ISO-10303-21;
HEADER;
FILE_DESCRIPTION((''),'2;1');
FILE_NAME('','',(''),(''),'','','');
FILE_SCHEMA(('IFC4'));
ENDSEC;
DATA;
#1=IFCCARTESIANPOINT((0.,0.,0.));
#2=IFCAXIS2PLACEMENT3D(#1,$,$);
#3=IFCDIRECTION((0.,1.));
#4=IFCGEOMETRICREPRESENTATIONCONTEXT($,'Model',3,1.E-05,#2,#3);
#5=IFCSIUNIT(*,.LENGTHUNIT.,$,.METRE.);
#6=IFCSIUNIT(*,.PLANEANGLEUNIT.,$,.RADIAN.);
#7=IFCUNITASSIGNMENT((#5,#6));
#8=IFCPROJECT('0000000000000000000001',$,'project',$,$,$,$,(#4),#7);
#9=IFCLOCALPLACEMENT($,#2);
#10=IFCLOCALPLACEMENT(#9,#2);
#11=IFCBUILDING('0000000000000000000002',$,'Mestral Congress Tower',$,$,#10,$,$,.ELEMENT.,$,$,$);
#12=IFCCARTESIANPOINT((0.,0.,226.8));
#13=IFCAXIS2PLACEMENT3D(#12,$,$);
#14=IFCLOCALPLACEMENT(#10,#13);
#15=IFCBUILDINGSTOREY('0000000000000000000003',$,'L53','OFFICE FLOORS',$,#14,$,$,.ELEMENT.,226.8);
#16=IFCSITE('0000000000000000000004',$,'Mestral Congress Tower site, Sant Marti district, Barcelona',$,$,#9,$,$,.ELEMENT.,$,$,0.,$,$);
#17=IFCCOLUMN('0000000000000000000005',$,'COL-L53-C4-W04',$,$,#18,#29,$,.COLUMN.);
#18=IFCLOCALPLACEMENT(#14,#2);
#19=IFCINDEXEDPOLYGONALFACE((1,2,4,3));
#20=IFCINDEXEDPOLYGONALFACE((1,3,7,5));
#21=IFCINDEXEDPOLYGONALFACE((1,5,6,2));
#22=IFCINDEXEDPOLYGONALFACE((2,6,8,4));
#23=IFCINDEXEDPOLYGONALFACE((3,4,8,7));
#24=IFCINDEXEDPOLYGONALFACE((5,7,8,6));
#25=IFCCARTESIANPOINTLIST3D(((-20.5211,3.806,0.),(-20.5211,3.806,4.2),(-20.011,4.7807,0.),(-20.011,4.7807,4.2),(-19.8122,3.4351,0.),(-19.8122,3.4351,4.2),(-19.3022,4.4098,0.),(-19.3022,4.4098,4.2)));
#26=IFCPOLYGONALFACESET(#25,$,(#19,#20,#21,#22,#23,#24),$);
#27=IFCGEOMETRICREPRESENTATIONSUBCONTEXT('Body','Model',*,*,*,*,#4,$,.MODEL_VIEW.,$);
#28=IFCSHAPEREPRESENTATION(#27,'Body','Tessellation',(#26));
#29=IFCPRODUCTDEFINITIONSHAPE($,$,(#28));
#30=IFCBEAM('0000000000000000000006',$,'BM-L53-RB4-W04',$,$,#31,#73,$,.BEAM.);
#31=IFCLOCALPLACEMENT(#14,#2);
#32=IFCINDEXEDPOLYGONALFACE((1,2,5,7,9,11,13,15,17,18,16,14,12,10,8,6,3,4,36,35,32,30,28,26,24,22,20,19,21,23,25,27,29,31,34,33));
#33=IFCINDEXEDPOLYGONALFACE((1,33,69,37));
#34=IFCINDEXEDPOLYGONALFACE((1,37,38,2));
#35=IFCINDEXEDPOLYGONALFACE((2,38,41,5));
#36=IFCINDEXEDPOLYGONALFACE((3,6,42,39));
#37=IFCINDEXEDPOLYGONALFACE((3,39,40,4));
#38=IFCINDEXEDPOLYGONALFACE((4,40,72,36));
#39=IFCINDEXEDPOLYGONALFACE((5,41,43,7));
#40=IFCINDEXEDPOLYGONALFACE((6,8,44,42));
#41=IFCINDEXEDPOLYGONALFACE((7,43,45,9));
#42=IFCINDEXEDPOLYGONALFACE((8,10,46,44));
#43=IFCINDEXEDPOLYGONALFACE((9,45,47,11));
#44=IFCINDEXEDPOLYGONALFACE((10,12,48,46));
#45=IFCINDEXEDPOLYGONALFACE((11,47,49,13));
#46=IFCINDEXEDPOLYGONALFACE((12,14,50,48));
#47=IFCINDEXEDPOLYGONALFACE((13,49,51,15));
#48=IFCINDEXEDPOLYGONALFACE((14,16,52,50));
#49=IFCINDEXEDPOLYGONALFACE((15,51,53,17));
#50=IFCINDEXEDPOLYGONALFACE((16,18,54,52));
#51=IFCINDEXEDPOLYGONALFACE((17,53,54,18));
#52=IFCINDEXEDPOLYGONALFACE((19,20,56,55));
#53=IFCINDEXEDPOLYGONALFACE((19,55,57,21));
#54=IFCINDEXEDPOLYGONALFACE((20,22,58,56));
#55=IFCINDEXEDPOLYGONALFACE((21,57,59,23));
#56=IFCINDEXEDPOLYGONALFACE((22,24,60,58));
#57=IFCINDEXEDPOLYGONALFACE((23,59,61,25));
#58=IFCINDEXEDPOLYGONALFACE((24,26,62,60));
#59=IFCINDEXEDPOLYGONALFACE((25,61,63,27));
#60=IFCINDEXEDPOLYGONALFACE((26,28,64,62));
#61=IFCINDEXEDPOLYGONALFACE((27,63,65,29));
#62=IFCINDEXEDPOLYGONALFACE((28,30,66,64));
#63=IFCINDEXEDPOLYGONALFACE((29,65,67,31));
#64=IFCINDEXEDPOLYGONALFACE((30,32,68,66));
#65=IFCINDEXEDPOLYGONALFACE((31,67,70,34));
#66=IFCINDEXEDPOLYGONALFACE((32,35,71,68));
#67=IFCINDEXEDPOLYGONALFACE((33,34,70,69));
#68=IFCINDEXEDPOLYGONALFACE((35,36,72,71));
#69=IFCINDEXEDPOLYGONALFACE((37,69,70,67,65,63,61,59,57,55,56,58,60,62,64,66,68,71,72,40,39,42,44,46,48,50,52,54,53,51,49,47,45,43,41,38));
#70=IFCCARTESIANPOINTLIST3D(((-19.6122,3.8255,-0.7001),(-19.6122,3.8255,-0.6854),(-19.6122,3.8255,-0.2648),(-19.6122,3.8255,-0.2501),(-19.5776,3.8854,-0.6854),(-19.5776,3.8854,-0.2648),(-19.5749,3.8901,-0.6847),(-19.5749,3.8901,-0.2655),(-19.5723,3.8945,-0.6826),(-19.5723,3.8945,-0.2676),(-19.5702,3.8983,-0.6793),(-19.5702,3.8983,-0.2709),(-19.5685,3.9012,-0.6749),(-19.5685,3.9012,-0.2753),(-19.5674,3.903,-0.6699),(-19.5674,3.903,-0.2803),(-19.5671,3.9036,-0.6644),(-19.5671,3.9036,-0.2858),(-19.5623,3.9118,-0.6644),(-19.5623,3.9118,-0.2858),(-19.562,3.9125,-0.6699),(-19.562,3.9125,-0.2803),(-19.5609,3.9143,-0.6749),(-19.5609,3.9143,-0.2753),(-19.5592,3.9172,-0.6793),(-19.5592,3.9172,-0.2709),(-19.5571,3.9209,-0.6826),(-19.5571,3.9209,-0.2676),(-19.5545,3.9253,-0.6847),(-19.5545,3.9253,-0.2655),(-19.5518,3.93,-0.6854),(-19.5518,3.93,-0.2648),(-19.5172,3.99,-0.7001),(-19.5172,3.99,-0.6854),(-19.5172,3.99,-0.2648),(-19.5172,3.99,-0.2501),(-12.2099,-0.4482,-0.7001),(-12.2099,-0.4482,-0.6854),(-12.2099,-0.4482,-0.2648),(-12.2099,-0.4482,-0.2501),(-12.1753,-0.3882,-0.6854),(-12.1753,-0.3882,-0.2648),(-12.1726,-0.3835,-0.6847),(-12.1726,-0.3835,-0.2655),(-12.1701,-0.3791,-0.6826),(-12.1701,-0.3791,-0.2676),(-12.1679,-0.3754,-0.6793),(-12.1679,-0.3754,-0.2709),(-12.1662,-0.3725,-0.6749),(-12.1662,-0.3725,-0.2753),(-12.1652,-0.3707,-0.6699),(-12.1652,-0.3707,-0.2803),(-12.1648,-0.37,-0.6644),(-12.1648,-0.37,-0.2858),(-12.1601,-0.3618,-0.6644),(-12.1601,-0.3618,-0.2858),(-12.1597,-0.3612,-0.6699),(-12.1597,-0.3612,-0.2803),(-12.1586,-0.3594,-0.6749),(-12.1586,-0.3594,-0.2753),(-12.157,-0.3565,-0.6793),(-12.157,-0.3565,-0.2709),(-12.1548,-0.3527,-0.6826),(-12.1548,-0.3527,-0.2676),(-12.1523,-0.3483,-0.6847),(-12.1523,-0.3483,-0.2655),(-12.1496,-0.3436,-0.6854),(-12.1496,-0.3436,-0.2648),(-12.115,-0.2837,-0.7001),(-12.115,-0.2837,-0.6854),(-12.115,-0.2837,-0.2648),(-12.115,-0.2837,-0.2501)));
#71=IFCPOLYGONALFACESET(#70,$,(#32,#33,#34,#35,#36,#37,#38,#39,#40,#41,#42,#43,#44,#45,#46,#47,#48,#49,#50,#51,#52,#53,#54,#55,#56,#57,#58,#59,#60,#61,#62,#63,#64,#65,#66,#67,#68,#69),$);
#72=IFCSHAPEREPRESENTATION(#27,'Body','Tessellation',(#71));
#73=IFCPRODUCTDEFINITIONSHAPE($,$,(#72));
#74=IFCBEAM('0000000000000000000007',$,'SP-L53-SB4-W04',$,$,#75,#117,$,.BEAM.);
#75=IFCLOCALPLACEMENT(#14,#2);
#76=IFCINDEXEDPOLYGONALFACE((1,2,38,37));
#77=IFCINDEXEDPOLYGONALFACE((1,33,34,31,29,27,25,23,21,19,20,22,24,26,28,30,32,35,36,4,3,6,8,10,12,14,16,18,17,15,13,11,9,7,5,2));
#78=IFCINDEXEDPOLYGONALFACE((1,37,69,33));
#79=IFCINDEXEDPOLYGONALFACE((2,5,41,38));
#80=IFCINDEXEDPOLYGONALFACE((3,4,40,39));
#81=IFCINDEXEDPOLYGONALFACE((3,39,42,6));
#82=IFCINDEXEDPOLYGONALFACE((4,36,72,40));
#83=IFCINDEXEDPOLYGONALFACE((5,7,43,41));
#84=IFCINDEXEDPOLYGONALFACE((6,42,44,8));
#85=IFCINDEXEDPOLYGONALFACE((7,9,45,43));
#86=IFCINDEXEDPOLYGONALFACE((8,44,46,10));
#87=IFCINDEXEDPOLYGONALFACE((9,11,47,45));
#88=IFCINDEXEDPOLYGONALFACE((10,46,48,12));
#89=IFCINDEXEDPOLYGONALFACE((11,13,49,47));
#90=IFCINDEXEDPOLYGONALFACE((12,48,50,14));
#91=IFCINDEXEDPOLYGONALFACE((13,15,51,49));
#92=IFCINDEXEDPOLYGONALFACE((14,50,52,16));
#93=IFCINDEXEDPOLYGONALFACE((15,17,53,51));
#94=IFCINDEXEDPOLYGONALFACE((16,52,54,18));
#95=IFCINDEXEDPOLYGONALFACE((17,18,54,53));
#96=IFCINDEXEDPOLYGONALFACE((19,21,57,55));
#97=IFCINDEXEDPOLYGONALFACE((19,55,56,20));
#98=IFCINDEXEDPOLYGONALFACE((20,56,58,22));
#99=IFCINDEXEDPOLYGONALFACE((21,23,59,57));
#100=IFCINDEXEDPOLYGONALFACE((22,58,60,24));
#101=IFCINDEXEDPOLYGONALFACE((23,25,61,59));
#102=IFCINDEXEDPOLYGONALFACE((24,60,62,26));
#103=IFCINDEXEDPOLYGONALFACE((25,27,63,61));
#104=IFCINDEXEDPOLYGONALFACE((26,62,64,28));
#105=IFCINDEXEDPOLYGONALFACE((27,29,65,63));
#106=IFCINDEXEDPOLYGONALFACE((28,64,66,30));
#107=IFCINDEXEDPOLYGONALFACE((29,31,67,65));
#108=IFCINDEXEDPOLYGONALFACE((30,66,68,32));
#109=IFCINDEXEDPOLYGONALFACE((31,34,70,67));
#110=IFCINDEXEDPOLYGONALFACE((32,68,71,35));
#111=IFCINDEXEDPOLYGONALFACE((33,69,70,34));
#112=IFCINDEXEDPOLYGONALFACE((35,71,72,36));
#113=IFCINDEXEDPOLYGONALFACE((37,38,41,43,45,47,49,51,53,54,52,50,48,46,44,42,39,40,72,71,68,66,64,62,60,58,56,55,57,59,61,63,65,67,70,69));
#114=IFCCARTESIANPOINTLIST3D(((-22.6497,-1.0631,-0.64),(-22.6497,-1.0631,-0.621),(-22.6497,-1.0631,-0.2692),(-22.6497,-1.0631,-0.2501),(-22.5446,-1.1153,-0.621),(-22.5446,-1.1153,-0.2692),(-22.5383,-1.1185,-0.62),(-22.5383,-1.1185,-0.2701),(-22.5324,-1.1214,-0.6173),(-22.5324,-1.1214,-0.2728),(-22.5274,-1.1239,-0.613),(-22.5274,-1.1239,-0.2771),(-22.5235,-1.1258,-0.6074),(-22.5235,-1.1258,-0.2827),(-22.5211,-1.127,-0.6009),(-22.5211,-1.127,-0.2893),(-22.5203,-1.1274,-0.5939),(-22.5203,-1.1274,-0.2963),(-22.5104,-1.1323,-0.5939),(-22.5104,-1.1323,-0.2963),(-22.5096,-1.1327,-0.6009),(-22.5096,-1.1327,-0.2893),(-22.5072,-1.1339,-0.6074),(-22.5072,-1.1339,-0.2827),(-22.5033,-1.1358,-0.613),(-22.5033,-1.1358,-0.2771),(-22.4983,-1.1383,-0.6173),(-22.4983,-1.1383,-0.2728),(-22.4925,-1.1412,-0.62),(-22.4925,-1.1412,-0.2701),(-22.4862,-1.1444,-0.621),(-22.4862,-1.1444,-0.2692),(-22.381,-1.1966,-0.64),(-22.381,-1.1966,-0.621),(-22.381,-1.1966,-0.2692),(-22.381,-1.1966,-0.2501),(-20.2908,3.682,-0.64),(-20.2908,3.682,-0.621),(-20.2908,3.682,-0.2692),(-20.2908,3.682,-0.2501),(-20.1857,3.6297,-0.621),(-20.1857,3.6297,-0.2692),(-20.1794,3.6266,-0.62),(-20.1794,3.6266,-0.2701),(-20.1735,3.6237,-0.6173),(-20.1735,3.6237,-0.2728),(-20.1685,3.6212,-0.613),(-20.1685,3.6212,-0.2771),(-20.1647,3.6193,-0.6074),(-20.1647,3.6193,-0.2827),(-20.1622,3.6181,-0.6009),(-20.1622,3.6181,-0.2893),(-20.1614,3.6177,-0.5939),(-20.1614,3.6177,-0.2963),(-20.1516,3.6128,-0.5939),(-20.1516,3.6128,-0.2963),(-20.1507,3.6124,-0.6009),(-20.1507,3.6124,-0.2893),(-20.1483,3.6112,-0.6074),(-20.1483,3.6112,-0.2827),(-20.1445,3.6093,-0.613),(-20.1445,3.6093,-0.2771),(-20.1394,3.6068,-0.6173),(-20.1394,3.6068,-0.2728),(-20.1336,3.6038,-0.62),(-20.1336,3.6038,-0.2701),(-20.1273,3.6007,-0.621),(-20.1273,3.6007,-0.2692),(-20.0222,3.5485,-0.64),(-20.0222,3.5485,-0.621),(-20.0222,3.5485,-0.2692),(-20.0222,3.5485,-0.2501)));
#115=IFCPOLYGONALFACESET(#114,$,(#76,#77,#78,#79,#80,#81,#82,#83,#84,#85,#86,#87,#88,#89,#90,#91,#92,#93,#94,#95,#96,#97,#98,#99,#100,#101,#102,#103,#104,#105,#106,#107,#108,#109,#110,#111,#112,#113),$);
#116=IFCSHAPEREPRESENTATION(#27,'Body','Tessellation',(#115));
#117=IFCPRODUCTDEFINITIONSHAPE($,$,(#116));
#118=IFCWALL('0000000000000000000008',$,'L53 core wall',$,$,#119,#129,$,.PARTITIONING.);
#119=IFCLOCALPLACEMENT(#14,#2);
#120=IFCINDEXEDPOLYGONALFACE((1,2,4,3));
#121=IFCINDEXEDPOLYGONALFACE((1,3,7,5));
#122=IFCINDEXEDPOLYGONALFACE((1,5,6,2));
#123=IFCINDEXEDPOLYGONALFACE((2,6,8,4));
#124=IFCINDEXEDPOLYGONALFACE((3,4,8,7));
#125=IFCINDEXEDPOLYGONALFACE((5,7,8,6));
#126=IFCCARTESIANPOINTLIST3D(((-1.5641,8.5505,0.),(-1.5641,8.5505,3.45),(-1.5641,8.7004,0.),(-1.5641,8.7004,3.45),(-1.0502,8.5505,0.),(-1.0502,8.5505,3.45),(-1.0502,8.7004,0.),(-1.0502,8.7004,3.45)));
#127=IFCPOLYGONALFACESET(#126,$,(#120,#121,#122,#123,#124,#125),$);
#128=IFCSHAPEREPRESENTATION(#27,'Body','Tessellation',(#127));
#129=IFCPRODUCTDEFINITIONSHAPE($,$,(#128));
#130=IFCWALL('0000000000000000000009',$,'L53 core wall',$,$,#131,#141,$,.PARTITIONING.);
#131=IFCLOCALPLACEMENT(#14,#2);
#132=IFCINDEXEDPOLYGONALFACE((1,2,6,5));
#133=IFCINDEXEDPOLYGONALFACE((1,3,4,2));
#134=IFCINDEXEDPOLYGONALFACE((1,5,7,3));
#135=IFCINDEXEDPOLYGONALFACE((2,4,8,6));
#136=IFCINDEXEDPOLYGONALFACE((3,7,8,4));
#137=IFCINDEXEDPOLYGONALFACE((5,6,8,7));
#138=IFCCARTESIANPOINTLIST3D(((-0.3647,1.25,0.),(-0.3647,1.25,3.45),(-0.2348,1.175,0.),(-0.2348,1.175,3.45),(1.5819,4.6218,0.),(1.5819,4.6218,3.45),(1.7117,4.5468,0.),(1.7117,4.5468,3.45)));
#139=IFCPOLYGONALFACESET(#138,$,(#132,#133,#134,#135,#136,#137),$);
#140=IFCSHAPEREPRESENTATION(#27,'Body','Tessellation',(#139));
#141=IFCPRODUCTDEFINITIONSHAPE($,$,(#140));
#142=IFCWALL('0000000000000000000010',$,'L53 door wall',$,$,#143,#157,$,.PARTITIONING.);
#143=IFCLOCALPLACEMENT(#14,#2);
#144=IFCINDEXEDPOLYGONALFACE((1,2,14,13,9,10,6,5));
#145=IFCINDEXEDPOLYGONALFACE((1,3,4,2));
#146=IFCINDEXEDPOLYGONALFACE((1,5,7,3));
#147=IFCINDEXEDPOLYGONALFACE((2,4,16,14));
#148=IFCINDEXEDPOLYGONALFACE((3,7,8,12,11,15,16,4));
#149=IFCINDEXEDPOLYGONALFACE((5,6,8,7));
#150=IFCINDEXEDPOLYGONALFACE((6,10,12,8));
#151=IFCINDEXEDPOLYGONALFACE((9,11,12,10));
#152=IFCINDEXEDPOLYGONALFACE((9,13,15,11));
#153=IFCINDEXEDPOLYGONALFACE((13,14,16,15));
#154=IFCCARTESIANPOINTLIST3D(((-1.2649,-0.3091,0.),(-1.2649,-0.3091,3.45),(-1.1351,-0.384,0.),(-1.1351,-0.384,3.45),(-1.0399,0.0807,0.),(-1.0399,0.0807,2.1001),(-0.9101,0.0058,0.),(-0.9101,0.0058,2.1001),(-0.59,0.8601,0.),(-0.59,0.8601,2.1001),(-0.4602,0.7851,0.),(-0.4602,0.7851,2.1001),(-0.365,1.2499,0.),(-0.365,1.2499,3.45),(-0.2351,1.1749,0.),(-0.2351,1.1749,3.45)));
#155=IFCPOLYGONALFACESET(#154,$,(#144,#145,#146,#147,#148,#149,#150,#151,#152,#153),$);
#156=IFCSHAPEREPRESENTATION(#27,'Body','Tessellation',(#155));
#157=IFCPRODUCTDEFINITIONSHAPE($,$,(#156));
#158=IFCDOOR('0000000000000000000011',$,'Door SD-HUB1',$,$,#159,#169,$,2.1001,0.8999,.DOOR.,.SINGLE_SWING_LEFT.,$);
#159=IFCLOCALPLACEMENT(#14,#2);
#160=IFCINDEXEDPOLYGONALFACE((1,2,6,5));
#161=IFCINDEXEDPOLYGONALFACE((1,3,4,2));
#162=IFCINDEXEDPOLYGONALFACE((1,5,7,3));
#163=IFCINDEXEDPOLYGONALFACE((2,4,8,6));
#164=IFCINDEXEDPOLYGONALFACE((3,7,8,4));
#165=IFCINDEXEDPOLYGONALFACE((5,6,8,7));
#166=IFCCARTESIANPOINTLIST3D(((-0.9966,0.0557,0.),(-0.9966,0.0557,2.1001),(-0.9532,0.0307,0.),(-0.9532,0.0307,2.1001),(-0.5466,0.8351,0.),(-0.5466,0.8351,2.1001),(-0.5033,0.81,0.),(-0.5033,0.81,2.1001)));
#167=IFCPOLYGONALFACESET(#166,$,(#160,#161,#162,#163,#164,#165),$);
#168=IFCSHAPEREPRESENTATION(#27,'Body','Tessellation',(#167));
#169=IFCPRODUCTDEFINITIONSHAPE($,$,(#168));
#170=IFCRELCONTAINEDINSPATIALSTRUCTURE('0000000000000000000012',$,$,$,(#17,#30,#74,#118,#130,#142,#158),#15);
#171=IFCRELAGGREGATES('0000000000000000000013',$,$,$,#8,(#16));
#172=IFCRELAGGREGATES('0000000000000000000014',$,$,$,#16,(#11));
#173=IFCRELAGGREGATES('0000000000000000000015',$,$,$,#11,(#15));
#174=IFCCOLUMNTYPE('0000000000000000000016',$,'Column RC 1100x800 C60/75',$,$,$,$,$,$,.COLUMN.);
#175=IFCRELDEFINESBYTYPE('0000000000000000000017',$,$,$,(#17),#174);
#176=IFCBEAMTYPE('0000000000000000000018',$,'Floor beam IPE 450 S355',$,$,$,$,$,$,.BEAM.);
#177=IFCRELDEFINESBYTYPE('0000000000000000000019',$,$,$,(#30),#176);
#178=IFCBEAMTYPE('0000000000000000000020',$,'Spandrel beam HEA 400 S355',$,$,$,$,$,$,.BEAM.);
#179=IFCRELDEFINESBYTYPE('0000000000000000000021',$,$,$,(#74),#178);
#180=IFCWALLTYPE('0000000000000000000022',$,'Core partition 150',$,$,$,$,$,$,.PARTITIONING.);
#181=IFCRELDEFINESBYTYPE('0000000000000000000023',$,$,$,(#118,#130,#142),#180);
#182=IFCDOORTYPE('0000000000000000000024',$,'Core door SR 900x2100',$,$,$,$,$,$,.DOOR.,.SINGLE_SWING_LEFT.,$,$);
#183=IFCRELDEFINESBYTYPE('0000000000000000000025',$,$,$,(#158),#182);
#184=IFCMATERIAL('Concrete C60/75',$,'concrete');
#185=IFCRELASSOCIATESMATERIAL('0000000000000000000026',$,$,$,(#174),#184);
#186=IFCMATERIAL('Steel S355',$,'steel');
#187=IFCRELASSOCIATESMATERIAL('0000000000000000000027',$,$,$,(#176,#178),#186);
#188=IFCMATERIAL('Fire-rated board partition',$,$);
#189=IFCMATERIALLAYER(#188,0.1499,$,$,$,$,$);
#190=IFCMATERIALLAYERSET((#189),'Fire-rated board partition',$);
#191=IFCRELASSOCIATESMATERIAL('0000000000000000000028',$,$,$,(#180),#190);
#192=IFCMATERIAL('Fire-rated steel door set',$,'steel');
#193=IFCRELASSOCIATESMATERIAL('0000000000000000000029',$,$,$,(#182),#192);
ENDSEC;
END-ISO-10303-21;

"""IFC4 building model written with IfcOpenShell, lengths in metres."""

from ifc_helpers import new_model, si_unit, direction, frame, frame_2d, origin, origin_2d, place, context, subcontext, project, spatial, rectangle, i_section, extrude, material, layer, layer_set, material_profile, profile_set, type_object, element, fill, save


model = new_model("IFC4")

# Units and contexts
model_context = context("Model", 3, precision=1e-05, world=origin(), true_north=direction((0.0, 1.0)))
body_context = subcontext(model_context, "Body", "Model", "MODEL_VIEW")
ifc_project = project(units=[si_unit("LENGTHUNIT", "METRE"), si_unit("PLANEANGLEUNIT", "RADIAN")], contexts=[model_context])

# Site, building, storey
site_placement = place(None, origin())
site = spatial("IfcSite", under=ifc_project, at=site_placement, Name="Mestral Congress Tower site, Sant Marti district, Barcelona", CompositionType="ELEMENT", RefElevation=0.0)
building_placement = place(site_placement, origin())
building = spatial("IfcBuilding", under=site, at=building_placement, Name="Mestral Congress Tower", CompositionType="ELEMENT")
storey_placement = place(building_placement, frame((0.0, 0.0, 226.8)))
storey = spatial("IfcBuildingStorey", under=building, at=storey_placement, Name="L53", Description="OFFICE FLOORS", CompositionType="ELEMENT", Elevation=226.8)

# Column
ifc_material_1 = material(Name="Concrete C60/75", Category="concrete")
ifc_material_profile_1 = material_profile(ifc_material_1, rectangle(XDim=1.1001, YDim=0.8, at=origin_2d()), Name="RC 1100x800")
ifc_profile_set_1 = profile_set([ifc_material_profile_1], Name="Concrete C60/75")
column_type = type_object("IfcColumnType", Name="Column RC 1100x800 C60/75", PredefinedType="COLUMN", material=ifc_profile_set_1)
column_placement = place(storey_placement, frame((-19.9116, 4.1079, 0.0), z_axis=(0.0, 0.0, 1.0), x_axis=(-0.463636, -0.886026, 0.0)))
element("IfcColumn", 1, at=column_placement, inside=storey, type_object=column_type, Name="COL-L53-C4-W04", PredefinedType="COLUMN", context=body_context, shape_type="SweptSolid", body=[
    extrude(rectangle(XDim=1.1001, YDim=0.8, at=origin_2d()), origin(), (0.0, 0.0, 1.0), 4.2),
])

# Beams
ifc_material_2 = material(Name="Steel S355", Category="steel")
ifc_material_profile_2 = material_profile(ifc_material_2, i_section(OverallWidth=0.1899, OverallDepth=0.45, WebThickness=0.0095, FlangeThickness=0.0146, FilletRadius=0.021, at=origin_2d()), Name="IPE 450")
ifc_profile_set_2 = profile_set([ifc_material_profile_2], Name="Steel S355")
beam_type_1 = type_object("IfcBeamType", Name="Floor beam IPE 450 S355", PredefinedType="BEAM", material=ifc_profile_set_2)
beam_1_placement = place(storey_placement, frame((-19.5647, 3.9077, -0.4751), z_axis=(0.866029, -0.499994, 0.0), x_axis=(0.499994, 0.866029, 0.0)))
element("IfcBeam", 2, at=beam_1_placement, inside=storey, type_object=beam_type_1, Name="BM-L53-RB4-W04", PredefinedType="BEAM", context=body_context, shape_type="SweptSolid", body=[
    extrude(i_section(OverallWidth=0.1899, OverallDepth=0.45, WebThickness=0.0095, FlangeThickness=0.0146, FilletRadius=0.021, at=origin_2d()), origin(), (0.0, 0.0, 1.0), 8.5474),
])
ifc_material_profile_3 = material_profile(ifc_material_2, i_section(OverallWidth=0.3, OverallDepth=0.3899, WebThickness=0.011, FlangeThickness=0.019, FilletRadius=0.0271, at=origin_2d()), Name="HEA 400")
ifc_profile_set_3 = profile_set([ifc_material_profile_3], Name="Steel S355")
beam_type_2 = type_object("IfcBeamType", Name="Spandrel beam HEA 400 S355", PredefinedType="BEAM", material=ifc_profile_set_3)
beam_2_placement = place(storey_placement, frame((-20.1565, 3.6152, -0.4451), z_axis=(-0.445148, -0.895457, 0.0), x_axis=(0.895457, -0.445148, 0.0)))
element("IfcBeam", 3, at=beam_2_placement, inside=storey, type_object=beam_type_2, Name="SP-L53-SB4-W04", PredefinedType="BEAM", context=body_context, shape_type="SweptSolid", body=[
    extrude(i_section(OverallWidth=0.3, OverallDepth=0.3899, WebThickness=0.011, FlangeThickness=0.019, FilletRadius=0.0271, at=origin_2d()), origin(), (0.0, 0.0, 1.0), 5.2991),
])

# Walls
ifc_material_3 = material(Name="Fire-rated board partition")
ifc_layer_1 = layer(ifc_material_3, 0.1499)
ifc_layer_set_1 = layer_set([ifc_layer_1], Name="Fire-rated board partition")
wall_type_1 = type_object("IfcWallType", Name="Core partition 150", PredefinedType="PARTITIONING", material=ifc_layer_set_1)
wall_1_placement = place(storey_placement, frame((-1.564, 8.6255, 0.0), z_axis=(0.0, 0.0, 1.0), x_axis=(1.0, 0.0, 0.0)))
element("IfcWall", 4, at=wall_1_placement, inside=storey, type_object=wall_type_1, Name="L53 core wall", PredefinedType="PARTITIONING", context=body_context, shape_type="SweptSolid", body=[
    extrude(rectangle(XDim=0.5139, YDim=0.1499, at=frame_2d((0.2568, 0.0))), origin(), (0.0, 0.0, 1.0), 3.45),
])
wall_2_placement = place(storey_placement, frame((-0.2998, 1.2124, 0.0), z_axis=(0.0, 0.0, 1.0), x_axis=(0.499963, 0.866047, 0.0)))
element("IfcWall", 5, at=wall_2_placement, inside=storey, type_object=wall_type_1, Name="L53 core wall", PredefinedType="PARTITIONING", context=body_context, shape_type="SweptSolid", body=[
    extrude(rectangle(XDim=3.8933, YDim=0.1499, at=frame_2d((1.9468, 0.0))), origin(), (0.0, 0.0, 1.0), 3.45),
])

# Wall, opening, door
wall_3_placement = place(storey_placement, frame((-1.2, -0.3464, 0.0), z_axis=(0.0, 0.0, 1.0), x_axis=(0.499961, 0.866048, 0.0)))
wall_3 = element("IfcWall", 6, at=wall_3_placement, inside=storey, type_object=wall_type_1, Name="L53 door wall", PredefinedType="PARTITIONING", context=body_context, shape_type="SweptSolid", body=[
    extrude(rectangle(XDim=1.8, YDim=0.1499, at=frame_2d((0.8999, 0.0))), origin(), (0.0, 0.0, 1.0), 3.45),
])
opening_1_placement = place(wall_3_placement, frame((0.45, 0.0, 0.0)))
opening_1 = element("IfcOpeningElement", 7, at=opening_1_placement, cuts=wall_3, PredefinedType="OPENING", context=body_context, shape_type="SweptSolid", body=[
    extrude(rectangle(XDim=0.8999, YDim=2.1001, at=frame_2d((0.45, 1.05))), frame((0.0, 0.085, 0.0), z_axis=(0.0, -1.0, 0.0), x_axis=(1.0, 0.0, 0.0)), (0.0, 0.0, 1.0), 0.1699),
])
ifc_material_4 = material(Name="Fire-rated steel door set", Category="steel")
door_type_1 = type_object("IfcDoorType", Name="Core door SR 900x2100", OperationType="SINGLE_SWING_LEFT", PredefinedType="DOOR", material=ifc_material_4)
door_1_placement = place(opening_1_placement, origin())
door_1 = element("IfcDoor", 8, at=door_1_placement, inside=storey, type_object=door_type_1, Name="Door SD-HUB1", OperationType="SINGLE_SWING_LEFT", OverallHeight=2.1001, OverallWidth=0.8999, PredefinedType="DOOR", context=body_context, shape_type="SweptSolid", body=[
    extrude(rectangle(XDim=0.8999, YDim=2.1001, at=frame_2d((0.45, 1.05))), frame((0.0, 0.0249, 0.0), z_axis=(0.0, -1.0, 0.0), x_axis=(1.0, 0.0, 0.0)), (0.0, 0.0, 1.0), 0.05),
])
fill(opening_1, door_1)

save(model, "model.ifc")
